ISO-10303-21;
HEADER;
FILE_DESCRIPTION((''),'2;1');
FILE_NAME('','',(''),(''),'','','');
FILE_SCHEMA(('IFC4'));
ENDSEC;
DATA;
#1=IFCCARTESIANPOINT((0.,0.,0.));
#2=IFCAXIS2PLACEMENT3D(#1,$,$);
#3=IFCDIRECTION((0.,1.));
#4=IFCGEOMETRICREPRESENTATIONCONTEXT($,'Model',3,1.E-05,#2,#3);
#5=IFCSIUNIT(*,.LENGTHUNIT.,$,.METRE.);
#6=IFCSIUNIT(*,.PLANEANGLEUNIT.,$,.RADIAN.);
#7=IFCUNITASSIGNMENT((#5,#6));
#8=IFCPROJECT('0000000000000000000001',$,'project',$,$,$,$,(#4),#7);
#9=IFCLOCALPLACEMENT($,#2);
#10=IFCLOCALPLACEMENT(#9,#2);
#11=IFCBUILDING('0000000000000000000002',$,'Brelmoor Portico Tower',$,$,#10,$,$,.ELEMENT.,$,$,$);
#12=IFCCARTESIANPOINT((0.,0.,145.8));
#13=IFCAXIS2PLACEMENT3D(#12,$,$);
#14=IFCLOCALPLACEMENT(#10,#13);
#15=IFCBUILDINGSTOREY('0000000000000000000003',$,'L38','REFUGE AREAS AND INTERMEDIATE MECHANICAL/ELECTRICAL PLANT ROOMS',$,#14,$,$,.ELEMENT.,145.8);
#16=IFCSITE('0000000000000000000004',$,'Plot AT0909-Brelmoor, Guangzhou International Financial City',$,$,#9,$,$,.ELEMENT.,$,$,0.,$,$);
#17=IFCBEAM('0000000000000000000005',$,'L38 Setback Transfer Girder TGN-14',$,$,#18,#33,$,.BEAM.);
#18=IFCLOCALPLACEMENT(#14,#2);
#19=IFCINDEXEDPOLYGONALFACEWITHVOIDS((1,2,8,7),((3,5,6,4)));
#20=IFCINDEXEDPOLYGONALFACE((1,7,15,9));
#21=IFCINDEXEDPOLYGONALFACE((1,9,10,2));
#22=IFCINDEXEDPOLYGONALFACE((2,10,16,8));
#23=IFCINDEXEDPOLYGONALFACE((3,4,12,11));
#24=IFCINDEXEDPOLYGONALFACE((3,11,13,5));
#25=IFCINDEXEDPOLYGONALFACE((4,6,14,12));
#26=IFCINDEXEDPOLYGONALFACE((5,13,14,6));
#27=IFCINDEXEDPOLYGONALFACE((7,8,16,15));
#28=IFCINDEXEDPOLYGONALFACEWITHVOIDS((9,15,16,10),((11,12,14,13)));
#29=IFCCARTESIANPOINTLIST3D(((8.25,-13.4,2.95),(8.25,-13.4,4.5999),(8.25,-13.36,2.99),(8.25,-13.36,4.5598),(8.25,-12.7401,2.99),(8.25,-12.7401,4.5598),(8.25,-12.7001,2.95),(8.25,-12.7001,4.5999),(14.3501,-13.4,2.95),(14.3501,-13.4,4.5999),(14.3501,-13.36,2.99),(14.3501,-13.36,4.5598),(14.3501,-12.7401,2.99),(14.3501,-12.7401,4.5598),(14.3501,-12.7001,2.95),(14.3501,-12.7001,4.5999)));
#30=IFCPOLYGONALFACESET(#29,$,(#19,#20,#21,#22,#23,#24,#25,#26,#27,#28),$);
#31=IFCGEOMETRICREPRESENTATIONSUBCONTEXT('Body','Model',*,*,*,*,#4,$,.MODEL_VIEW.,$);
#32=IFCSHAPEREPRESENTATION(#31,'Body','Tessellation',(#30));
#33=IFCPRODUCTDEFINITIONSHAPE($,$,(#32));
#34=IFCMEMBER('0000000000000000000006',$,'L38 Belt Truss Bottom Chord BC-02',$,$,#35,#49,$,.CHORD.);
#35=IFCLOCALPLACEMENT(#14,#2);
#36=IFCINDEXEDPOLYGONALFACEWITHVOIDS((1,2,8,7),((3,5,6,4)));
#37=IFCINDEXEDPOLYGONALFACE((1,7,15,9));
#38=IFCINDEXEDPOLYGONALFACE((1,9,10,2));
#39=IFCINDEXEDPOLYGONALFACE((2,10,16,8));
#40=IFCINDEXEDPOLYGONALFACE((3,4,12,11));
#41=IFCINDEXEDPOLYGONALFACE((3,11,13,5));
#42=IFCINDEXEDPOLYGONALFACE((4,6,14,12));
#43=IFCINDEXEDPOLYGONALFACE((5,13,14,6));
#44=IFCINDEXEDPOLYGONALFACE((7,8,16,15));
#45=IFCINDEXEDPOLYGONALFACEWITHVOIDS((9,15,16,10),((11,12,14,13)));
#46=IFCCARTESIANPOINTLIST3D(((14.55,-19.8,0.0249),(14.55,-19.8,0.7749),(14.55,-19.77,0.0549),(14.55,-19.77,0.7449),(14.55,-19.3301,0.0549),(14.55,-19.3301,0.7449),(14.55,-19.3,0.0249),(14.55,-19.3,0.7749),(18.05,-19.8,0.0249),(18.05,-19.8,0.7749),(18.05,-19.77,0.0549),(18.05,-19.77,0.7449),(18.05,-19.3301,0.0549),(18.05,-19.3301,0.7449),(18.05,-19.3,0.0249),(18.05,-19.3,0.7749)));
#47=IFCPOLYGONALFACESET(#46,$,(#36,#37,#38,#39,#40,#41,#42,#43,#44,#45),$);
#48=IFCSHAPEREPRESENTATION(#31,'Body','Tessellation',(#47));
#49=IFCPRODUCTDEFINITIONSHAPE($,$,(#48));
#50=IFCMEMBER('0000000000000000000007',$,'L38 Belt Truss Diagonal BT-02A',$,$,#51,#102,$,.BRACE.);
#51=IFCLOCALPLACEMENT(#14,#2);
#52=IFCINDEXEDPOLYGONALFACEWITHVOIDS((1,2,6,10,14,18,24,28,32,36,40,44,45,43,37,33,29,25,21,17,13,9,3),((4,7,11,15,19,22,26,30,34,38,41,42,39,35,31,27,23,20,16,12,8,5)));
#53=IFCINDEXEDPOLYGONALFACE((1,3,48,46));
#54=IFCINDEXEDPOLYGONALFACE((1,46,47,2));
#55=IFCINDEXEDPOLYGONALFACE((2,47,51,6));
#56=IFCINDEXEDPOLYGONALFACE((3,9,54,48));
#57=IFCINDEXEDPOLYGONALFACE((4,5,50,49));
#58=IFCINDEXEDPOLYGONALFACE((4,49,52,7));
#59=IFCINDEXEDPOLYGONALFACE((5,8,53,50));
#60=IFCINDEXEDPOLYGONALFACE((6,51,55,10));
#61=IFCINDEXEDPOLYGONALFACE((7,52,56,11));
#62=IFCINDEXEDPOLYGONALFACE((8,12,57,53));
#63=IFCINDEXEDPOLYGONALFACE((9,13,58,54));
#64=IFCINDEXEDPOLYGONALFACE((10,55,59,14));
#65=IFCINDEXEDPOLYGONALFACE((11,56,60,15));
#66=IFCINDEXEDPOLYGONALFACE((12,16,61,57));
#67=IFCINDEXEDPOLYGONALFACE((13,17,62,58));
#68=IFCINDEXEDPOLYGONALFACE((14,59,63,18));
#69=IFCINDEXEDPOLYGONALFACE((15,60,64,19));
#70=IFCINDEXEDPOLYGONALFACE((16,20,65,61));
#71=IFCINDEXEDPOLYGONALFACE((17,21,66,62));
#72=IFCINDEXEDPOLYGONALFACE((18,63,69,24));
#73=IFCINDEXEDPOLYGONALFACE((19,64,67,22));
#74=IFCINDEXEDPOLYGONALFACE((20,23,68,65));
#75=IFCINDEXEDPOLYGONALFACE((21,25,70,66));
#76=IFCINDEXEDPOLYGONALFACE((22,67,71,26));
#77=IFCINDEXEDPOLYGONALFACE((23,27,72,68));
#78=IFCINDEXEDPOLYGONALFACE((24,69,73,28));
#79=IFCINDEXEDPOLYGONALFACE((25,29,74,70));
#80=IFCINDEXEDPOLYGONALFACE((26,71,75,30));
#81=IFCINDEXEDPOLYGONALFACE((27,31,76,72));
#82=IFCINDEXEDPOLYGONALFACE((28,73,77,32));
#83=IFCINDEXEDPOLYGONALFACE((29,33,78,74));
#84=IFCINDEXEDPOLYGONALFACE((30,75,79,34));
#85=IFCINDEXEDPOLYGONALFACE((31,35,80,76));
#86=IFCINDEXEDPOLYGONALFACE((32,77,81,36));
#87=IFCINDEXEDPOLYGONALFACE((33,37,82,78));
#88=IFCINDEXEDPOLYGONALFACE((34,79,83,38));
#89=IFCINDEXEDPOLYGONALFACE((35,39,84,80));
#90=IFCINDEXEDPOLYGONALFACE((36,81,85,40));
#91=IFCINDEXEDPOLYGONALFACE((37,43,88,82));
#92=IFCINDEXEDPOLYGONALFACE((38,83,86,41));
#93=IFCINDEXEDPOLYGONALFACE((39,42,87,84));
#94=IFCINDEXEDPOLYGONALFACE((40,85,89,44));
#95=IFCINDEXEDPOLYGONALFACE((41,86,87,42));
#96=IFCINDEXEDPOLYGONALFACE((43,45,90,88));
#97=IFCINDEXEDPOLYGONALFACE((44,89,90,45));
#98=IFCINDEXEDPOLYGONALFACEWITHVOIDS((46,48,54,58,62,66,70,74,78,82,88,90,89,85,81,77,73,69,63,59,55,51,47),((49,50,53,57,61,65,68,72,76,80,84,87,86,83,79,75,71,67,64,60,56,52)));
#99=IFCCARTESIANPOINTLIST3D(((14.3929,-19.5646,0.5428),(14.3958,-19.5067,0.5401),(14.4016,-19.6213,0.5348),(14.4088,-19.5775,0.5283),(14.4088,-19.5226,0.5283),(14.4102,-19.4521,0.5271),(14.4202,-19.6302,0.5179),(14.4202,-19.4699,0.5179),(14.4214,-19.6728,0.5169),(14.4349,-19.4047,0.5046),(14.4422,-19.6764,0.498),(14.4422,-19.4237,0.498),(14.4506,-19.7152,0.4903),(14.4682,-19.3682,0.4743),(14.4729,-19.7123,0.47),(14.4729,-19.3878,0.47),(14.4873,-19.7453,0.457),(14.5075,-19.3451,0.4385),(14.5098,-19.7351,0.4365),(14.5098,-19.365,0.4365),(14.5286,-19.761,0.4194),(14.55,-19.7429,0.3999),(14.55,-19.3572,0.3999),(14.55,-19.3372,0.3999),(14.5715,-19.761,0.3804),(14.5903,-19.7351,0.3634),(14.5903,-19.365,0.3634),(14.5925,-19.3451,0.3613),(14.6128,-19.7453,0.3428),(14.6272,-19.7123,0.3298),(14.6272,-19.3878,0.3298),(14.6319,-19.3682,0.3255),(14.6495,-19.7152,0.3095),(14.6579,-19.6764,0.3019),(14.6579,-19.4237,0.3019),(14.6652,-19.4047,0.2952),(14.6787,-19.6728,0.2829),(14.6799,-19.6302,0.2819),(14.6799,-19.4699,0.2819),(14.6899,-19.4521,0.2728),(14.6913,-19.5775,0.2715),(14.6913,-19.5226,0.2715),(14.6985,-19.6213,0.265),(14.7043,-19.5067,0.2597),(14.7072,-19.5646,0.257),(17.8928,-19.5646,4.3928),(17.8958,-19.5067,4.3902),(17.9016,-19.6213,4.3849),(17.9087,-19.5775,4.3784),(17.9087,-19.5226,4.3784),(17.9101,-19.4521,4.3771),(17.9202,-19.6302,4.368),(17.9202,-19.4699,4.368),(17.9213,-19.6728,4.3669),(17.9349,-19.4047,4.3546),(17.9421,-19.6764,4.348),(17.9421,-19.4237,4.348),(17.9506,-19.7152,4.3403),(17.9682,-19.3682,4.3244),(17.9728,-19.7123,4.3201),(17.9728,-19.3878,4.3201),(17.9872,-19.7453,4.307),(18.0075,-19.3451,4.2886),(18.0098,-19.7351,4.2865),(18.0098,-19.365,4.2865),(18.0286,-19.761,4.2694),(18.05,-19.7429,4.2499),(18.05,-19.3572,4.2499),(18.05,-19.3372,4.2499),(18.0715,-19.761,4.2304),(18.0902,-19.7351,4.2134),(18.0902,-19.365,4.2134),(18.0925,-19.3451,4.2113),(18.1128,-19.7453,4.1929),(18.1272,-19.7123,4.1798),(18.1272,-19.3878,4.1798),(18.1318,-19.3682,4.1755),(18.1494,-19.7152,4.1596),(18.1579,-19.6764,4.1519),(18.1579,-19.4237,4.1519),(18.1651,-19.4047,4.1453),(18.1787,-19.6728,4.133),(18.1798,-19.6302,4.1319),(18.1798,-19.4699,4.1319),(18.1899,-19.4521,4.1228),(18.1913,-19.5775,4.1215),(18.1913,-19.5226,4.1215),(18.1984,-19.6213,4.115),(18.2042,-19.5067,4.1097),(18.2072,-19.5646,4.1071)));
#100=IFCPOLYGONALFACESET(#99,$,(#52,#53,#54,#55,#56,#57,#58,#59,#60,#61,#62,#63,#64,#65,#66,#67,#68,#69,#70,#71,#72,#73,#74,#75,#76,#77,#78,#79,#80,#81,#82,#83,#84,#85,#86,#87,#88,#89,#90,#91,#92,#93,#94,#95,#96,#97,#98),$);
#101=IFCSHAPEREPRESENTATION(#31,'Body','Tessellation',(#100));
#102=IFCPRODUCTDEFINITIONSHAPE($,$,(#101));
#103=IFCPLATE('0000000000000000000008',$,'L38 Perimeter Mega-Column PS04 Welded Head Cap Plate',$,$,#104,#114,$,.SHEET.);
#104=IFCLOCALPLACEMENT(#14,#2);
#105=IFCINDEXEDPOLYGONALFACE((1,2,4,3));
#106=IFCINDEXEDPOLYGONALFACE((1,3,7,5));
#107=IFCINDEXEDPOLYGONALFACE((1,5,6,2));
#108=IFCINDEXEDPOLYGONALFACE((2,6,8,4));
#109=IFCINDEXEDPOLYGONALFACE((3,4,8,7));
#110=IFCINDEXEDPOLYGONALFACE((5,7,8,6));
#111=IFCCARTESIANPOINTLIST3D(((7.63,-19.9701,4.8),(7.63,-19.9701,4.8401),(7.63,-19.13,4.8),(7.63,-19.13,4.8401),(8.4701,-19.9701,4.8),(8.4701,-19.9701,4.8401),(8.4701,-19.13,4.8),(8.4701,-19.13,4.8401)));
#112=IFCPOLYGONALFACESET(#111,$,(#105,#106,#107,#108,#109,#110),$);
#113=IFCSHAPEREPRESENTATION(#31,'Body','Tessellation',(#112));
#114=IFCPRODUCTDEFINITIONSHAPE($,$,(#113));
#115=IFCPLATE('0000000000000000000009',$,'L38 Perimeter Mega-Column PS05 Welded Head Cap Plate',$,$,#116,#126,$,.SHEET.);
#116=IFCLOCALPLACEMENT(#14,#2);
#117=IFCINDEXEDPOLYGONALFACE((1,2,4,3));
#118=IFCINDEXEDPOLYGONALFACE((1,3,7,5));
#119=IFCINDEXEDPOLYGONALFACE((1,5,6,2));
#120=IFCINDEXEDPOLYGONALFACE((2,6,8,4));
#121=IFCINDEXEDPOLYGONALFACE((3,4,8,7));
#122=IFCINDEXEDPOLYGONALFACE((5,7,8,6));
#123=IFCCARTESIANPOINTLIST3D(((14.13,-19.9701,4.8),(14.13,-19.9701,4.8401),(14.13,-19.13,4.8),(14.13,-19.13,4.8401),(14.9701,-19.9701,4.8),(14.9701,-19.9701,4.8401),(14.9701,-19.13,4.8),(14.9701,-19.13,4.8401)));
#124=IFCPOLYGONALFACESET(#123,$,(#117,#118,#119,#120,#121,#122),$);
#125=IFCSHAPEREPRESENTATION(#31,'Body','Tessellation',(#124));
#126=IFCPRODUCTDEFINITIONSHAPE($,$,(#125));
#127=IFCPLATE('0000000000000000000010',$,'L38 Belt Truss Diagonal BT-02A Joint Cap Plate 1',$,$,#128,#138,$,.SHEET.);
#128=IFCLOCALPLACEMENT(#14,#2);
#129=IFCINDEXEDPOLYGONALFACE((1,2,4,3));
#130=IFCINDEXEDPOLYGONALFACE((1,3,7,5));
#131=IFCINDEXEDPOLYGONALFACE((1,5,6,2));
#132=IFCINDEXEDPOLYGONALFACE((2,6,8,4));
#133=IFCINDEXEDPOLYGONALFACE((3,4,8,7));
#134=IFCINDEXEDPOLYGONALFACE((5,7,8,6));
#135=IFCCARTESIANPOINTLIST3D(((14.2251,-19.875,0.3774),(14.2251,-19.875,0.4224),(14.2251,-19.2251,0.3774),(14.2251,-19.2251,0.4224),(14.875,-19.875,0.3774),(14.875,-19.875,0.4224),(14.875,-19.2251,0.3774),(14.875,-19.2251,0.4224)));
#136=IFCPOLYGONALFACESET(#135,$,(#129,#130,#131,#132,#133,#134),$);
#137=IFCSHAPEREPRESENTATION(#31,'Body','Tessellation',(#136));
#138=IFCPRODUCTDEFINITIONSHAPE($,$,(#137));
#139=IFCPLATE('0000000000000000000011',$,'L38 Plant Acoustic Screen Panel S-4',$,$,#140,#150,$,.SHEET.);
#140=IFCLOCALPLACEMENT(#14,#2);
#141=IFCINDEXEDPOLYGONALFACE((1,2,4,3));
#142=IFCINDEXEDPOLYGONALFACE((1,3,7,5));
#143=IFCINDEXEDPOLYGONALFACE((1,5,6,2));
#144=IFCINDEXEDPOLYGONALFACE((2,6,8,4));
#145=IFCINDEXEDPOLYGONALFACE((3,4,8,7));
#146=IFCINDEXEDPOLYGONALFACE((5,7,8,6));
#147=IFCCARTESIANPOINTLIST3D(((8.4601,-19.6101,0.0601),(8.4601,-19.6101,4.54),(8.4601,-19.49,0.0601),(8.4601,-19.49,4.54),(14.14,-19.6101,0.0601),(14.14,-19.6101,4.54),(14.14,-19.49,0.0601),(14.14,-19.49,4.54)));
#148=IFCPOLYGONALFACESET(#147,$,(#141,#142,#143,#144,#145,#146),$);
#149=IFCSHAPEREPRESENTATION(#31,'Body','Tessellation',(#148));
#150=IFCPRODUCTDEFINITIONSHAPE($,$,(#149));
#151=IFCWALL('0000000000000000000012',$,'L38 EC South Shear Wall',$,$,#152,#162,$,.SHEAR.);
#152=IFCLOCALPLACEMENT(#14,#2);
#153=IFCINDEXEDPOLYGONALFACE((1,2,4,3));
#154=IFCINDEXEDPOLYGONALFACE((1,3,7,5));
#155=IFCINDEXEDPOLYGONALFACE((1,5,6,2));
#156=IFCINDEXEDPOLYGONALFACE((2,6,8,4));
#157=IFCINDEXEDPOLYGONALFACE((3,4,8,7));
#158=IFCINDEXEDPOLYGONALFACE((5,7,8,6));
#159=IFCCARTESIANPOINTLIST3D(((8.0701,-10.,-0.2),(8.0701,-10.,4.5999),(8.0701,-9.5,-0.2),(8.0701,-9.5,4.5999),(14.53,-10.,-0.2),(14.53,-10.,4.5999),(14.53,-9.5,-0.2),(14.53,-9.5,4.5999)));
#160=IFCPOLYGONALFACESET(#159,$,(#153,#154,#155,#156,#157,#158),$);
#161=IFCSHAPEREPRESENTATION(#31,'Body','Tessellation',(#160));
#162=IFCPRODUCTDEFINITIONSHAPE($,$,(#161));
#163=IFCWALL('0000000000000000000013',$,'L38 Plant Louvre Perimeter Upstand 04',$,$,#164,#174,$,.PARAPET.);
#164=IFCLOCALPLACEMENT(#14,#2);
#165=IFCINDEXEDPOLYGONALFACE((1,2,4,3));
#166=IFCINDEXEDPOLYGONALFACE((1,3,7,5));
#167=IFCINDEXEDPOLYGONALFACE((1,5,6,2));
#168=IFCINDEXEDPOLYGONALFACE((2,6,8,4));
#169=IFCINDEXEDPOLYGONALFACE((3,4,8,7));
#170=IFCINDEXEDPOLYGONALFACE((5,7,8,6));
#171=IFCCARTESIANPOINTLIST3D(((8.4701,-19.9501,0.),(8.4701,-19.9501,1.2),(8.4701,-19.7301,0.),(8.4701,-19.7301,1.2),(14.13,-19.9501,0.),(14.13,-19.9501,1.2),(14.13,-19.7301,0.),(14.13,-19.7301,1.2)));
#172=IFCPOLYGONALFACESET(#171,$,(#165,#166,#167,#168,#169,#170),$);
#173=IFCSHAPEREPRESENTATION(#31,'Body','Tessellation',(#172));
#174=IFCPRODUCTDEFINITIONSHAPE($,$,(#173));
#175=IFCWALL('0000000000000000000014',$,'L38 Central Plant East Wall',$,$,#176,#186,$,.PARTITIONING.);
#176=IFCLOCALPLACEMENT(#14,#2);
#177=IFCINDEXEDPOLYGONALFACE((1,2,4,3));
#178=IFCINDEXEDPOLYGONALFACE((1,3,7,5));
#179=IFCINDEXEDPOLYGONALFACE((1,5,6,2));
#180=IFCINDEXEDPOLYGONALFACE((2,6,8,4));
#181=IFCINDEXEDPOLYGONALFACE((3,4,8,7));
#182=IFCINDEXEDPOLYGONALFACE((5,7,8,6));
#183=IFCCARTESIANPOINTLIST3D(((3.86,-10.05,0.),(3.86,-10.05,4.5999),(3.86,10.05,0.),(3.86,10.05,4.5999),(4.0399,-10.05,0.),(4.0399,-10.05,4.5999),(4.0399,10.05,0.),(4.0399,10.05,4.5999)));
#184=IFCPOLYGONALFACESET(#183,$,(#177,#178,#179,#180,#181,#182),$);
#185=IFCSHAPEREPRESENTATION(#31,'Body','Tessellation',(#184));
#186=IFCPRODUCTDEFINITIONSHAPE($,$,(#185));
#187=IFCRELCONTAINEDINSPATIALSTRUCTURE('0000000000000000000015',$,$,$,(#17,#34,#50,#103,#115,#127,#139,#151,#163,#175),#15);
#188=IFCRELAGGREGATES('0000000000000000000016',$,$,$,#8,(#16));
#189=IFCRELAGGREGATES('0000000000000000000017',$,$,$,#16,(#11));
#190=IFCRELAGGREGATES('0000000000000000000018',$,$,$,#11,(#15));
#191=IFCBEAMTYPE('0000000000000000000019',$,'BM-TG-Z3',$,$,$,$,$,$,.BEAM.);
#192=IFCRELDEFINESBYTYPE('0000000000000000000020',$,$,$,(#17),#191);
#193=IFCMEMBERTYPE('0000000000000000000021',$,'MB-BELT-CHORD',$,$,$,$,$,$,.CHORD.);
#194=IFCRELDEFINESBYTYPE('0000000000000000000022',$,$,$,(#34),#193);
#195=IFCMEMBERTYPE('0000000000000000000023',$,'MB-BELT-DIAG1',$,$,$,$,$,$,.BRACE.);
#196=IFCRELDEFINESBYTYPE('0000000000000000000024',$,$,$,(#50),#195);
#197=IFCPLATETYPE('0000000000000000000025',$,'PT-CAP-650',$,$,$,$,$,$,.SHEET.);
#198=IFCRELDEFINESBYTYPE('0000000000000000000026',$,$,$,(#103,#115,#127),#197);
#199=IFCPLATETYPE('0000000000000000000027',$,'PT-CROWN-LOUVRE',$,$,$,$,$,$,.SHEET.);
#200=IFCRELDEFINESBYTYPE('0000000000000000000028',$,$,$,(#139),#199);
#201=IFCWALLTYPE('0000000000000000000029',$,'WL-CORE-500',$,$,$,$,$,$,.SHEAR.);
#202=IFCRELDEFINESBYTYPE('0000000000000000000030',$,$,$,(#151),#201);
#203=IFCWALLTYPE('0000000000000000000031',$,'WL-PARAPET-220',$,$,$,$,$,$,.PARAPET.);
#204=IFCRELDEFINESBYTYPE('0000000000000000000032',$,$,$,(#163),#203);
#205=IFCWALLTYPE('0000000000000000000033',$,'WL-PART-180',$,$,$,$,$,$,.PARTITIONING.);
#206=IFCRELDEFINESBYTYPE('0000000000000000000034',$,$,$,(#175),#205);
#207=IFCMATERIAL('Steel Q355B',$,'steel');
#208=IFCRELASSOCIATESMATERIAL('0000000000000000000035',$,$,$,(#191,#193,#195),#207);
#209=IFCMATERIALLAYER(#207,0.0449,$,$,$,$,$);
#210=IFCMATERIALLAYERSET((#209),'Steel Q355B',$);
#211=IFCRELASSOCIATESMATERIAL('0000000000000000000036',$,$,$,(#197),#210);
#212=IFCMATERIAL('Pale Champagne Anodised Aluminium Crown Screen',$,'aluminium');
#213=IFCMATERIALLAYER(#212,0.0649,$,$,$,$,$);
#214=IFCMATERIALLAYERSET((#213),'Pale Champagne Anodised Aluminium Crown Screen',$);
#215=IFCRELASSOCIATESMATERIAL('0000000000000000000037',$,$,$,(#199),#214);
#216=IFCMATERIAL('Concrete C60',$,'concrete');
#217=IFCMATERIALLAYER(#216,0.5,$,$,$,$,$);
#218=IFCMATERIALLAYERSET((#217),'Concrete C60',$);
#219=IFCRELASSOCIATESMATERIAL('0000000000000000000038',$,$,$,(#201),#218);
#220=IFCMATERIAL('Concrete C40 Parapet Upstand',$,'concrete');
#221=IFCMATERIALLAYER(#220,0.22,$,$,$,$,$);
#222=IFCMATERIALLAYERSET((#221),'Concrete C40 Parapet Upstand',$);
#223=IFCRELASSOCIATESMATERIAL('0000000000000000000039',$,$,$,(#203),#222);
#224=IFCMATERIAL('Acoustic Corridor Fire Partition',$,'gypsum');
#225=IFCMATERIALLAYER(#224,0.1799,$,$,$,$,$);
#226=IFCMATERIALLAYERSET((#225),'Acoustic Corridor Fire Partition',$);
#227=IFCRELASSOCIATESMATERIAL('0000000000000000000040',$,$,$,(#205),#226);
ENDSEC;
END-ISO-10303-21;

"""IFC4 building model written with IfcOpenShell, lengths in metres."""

from ifc_helpers import new_model, si_unit, direction, frame, frame_2d, origin, origin_2d, place, context, subcontext, project, spatial, rectangle, hollow_rectangle, hollow_circle, extrude, material, layer, layer_set, material_profile, profile_set, type_object, element, save


model = new_model("IFC4")

# Units and contexts
model_context = context("Model", 3, precision=1e-05, world=origin(), true_north=direction((0.0, 1.0)))
body_context = subcontext(model_context, "Body", "Model", "MODEL_VIEW")
ifc_project = project(units=[si_unit("LENGTHUNIT", "METRE"), si_unit("PLANEANGLEUNIT", "RADIAN")], contexts=[model_context])

# Site, building, storey
site_placement = place(None, origin())
site = spatial("IfcSite", under=ifc_project, at=site_placement, Name="Plot AT0909-Brelmoor, Guangzhou International Financial City", CompositionType="ELEMENT", RefElevation=0.0)
building_placement = place(site_placement, origin())
building = spatial("IfcBuilding", under=site, at=building_placement, Name="Brelmoor Portico Tower", CompositionType="ELEMENT")
storey_placement = place(building_placement, frame((0.0, 0.0, 145.8)))
storey = spatial("IfcBuildingStorey", under=building, at=storey_placement, Name="L38", Description="REFUGE AREAS AND INTERMEDIATE MECHANICAL/ELECTRICAL PLANT ROOMS", CompositionType="ELEMENT", Elevation=145.8)

# Shared definitions
ifc_material_1 = material(Name="Steel Q355B", Category="steel")

# Beam
ifc_material_profile_1 = material_profile(ifc_material_1, hollow_rectangle(XDim=0.7, YDim=1.6499, WallThickness=0.04, at=origin_2d()), Name="BOX 700x1650x40")
ifc_profile_set_1 = profile_set([ifc_material_profile_1], Name="Steel Q355B")
beam_type = type_object("IfcBeamType", Name="BM-TG-Z3", PredefinedType="BEAM", material=ifc_profile_set_1)
for number, where, z_axis, x_axis, name in (
    (1, (8.25, -13.05, 3.7749), (1.0, 0.0, 0.0), (0.0, 1.0, 0.0), "L38 Setback Transfer Girder TGN-14"),
):
    element("IfcBeam", number, at=place(storey_placement, frame(where, z_axis=z_axis, x_axis=x_axis)), inside=storey, type_object=beam_type, Name=name, PredefinedType="BEAM", context=body_context, shape_type="SweptSolid", body=[
        extrude(hollow_rectangle(XDim=0.7, YDim=1.6499, WallThickness=0.04, at=origin_2d()), origin(), (0.0, 0.0, 1.0), 6.1001),
    ])

# Members
ifc_material_profile_2 = material_profile(ifc_material_1, hollow_rectangle(XDim=0.5, YDim=0.75, WallThickness=0.03, at=origin_2d()), Name="RHS 500x750x30")
ifc_profile_set_2 = profile_set([ifc_material_profile_2], Name="Steel Q355B")
member_type_1 = type_object("IfcMemberType", Name="MB-BELT-CHORD", PredefinedType="CHORD", material=ifc_profile_set_2)
member_1_placement = place(storey_placement, frame((14.55, -19.55, 0.3999), z_axis=(1.0, 0.0, 0.0), x_axis=(0.0, 1.0, 0.0)))
element("IfcMember", 2, at=member_1_placement, inside=storey, type_object=member_type_1, Name="L38 Belt Truss Bottom Chord BC-02", PredefinedType="CHORD", context=body_context, shape_type="SweptSolid", body=[
    extrude(hollow_rectangle(XDim=0.5, YDim=0.75, WallThickness=0.03, at=origin_2d()), origin(), (0.0, 0.0, 1.0), 3.5),
])
ifc_material_profile_3 = material_profile(ifc_material_1, hollow_circle(Radius=0.2129, WallThickness=0.02, at=origin_2d()), Name="CHS 426x20")
ifc_profile_set_3 = profile_set([ifc_material_profile_3], Name="Steel Q355B")
member_type_2 = type_object("IfcMemberType", Name="MB-BELT-DIAG1", PredefinedType="BRACE", material=ifc_profile_set_3)
member_2_placement = place(storey_placement, frame((14.55, -19.55, 0.3999), z_axis=(0.672663, 0.0, 0.739949), x_axis=(0.0, 1.0, 0.0)))
element("IfcMember", 3, at=member_2_placement, inside=storey, type_object=member_type_2, Name="L38 Belt Truss Diagonal BT-02A", PredefinedType="BRACE", context=body_context, shape_type="SweptSolid", body=[
    extrude(hollow_circle(Radius=0.2129, WallThickness=0.02, at=origin_2d()), origin(), (0.0, 0.0, 1.0), 5.2031),
])

# Plates
ifc_layer_1 = layer(ifc_material_1, 0.0449)
ifc_layer_set_1 = layer_set([ifc_layer_1], Name="Steel Q355B")
plate_type_1 = type_object("IfcPlateType", Name="PT-CAP-650", PredefinedType="SHEET", material=ifc_layer_set_1)
for number, where, z_axis, x_axis, name in (
    (4, (8.05, -19.55, 4.8), (0.0, 0.0, 1.0), (1.0, 0.0, 0.0), "L38 Perimeter Mega-Column PS04 Welded Head Cap Plate"),
    (5, (14.55, -19.55, 4.8), (0.0, 0.0, 1.0), (1.0, 0.0, 0.0), "L38 Perimeter Mega-Column PS05 Welded Head Cap Plate"),
):
    element("IfcPlate", number, at=place(storey_placement, frame(where, z_axis=z_axis, x_axis=x_axis)), inside=storey, type_object=plate_type_1, Name=name, PredefinedType="SHEET", context=body_context, shape_type="SweptSolid", body=[
        extrude(rectangle(XDim=0.8401, YDim=0.8401, at=origin_2d()), origin(), (0.0, 0.0, 1.0), 0.04),
    ])
plate_1_placement = place(storey_placement, frame((14.55, -19.55, 0.3774), z_axis=(0.0, 0.0, 1.0), x_axis=(1.0, 0.0, 0.0)))
element("IfcPlate", 6, at=plate_1_placement, inside=storey, type_object=plate_type_1, Name="L38 Belt Truss Diagonal BT-02A Joint Cap Plate 1", PredefinedType="SHEET", context=body_context, shape_type="SweptSolid", body=[
    extrude(rectangle(XDim=0.6499, YDim=0.6499, at=origin_2d()), origin(), (0.0, 0.0, 1.0), 0.0449),
])
ifc_material_2 = material(Name="Pale Champagne Anodised Aluminium Crown Screen", Category="aluminium")
ifc_layer_2 = layer(ifc_material_2, 0.0649)
ifc_layer_set_2 = layer_set([ifc_layer_2], Name="Pale Champagne Anodised Aluminium Crown Screen")
plate_type_2 = type_object("IfcPlateType", Name="PT-CROWN-LOUVRE", PredefinedType="SHEET", material=ifc_layer_set_2)
plate_2_placement = place(storey_placement, frame((11.3, -19.55, 0.0601), z_axis=(0.0, 0.0, 1.0), x_axis=(1.0, 0.0, 0.0)))
element("IfcPlate", 7, at=plate_2_placement, inside=storey, type_object=plate_type_2, Name="L38 Plant Acoustic Screen Panel S-4", PredefinedType="SHEET", context=body_context, shape_type="SweptSolid", body=[
    extrude(rectangle(XDim=5.6799, YDim=0.1201, at=origin_2d()), origin(), (0.0, 0.0, 1.0), 4.48),
])

# Walls
ifc_material_3 = material(Name="Concrete C60", Category="concrete")
ifc_layer_3 = layer(ifc_material_3, 0.5)
ifc_layer_set_3 = layer_set([ifc_layer_3], Name="Concrete C60")
wall_type_1 = type_object("IfcWallType", Name="WL-CORE-500", PredefinedType="SHEAR", material=ifc_layer_set_3)
wall_1_placement = place(storey_placement, frame((8.0701, -9.75, -0.2), z_axis=(0.0, 0.0, 1.0), x_axis=(1.0, 0.0, 0.0)))
element("IfcWall", 8, at=wall_1_placement, inside=storey, type_object=wall_type_1, Name="L38 EC South Shear Wall", PredefinedType="SHEAR", context=body_context, shape_type="SweptSolid", body=[
    extrude(rectangle(XDim=6.46, YDim=0.5, at=frame_2d((3.23, 0.0))), origin(), (0.0, 0.0, 1.0), 4.7998),
])
ifc_material_4 = material(Name="Concrete C40 Parapet Upstand", Category="concrete")
ifc_layer_4 = layer(ifc_material_4, 0.22)
ifc_layer_set_4 = layer_set([ifc_layer_4], Name="Concrete C40 Parapet Upstand")
wall_type_2 = type_object("IfcWallType", Name="WL-PARAPET-220", PredefinedType="PARAPET", material=ifc_layer_set_4)
wall_2_placement = place(storey_placement, frame((8.47, -19.8401, 0.0), z_axis=(0.0, 0.0, 1.0), x_axis=(1.0, 0.0, 0.0)))
element("IfcWall", 9, at=wall_2_placement, inside=storey, type_object=wall_type_2, Name="L38 Plant Louvre Perimeter Upstand 04", PredefinedType="PARAPET", context=body_context, shape_type="SweptSolid", body=[
    extrude(rectangle(XDim=5.6599, YDim=0.22, at=frame_2d((2.8301, 0.0))), origin(), (0.0, 0.0, 1.0), 1.2),
])
ifc_material_5 = material(Name="Acoustic Corridor Fire Partition", Category="gypsum")
ifc_layer_5 = layer(ifc_material_5, 0.1799)
ifc_layer_set_5 = layer_set([ifc_layer_5], Name="Acoustic Corridor Fire Partition")
wall_type_3 = type_object("IfcWallType", Name="WL-PART-180", PredefinedType="PARTITIONING", material=ifc_layer_set_5)
wall_3_placement = place(storey_placement, frame((3.95, -10.05, 0.0), z_axis=(0.0, 0.0, 1.0), x_axis=(0.0, 1.0, 0.0)))
element("IfcWall", 10, at=wall_3_placement, inside=storey, type_object=wall_type_3, Name="L38 Central Plant East Wall", PredefinedType="PARTITIONING", context=body_context, shape_type="SweptSolid", body=[
    extrude(rectangle(XDim=20.1001, YDim=0.1799, at=frame_2d((10.05, 0.0))), origin(), (0.0, 0.0, 1.0), 4.5999),
])

save(model, "model.ifc")
